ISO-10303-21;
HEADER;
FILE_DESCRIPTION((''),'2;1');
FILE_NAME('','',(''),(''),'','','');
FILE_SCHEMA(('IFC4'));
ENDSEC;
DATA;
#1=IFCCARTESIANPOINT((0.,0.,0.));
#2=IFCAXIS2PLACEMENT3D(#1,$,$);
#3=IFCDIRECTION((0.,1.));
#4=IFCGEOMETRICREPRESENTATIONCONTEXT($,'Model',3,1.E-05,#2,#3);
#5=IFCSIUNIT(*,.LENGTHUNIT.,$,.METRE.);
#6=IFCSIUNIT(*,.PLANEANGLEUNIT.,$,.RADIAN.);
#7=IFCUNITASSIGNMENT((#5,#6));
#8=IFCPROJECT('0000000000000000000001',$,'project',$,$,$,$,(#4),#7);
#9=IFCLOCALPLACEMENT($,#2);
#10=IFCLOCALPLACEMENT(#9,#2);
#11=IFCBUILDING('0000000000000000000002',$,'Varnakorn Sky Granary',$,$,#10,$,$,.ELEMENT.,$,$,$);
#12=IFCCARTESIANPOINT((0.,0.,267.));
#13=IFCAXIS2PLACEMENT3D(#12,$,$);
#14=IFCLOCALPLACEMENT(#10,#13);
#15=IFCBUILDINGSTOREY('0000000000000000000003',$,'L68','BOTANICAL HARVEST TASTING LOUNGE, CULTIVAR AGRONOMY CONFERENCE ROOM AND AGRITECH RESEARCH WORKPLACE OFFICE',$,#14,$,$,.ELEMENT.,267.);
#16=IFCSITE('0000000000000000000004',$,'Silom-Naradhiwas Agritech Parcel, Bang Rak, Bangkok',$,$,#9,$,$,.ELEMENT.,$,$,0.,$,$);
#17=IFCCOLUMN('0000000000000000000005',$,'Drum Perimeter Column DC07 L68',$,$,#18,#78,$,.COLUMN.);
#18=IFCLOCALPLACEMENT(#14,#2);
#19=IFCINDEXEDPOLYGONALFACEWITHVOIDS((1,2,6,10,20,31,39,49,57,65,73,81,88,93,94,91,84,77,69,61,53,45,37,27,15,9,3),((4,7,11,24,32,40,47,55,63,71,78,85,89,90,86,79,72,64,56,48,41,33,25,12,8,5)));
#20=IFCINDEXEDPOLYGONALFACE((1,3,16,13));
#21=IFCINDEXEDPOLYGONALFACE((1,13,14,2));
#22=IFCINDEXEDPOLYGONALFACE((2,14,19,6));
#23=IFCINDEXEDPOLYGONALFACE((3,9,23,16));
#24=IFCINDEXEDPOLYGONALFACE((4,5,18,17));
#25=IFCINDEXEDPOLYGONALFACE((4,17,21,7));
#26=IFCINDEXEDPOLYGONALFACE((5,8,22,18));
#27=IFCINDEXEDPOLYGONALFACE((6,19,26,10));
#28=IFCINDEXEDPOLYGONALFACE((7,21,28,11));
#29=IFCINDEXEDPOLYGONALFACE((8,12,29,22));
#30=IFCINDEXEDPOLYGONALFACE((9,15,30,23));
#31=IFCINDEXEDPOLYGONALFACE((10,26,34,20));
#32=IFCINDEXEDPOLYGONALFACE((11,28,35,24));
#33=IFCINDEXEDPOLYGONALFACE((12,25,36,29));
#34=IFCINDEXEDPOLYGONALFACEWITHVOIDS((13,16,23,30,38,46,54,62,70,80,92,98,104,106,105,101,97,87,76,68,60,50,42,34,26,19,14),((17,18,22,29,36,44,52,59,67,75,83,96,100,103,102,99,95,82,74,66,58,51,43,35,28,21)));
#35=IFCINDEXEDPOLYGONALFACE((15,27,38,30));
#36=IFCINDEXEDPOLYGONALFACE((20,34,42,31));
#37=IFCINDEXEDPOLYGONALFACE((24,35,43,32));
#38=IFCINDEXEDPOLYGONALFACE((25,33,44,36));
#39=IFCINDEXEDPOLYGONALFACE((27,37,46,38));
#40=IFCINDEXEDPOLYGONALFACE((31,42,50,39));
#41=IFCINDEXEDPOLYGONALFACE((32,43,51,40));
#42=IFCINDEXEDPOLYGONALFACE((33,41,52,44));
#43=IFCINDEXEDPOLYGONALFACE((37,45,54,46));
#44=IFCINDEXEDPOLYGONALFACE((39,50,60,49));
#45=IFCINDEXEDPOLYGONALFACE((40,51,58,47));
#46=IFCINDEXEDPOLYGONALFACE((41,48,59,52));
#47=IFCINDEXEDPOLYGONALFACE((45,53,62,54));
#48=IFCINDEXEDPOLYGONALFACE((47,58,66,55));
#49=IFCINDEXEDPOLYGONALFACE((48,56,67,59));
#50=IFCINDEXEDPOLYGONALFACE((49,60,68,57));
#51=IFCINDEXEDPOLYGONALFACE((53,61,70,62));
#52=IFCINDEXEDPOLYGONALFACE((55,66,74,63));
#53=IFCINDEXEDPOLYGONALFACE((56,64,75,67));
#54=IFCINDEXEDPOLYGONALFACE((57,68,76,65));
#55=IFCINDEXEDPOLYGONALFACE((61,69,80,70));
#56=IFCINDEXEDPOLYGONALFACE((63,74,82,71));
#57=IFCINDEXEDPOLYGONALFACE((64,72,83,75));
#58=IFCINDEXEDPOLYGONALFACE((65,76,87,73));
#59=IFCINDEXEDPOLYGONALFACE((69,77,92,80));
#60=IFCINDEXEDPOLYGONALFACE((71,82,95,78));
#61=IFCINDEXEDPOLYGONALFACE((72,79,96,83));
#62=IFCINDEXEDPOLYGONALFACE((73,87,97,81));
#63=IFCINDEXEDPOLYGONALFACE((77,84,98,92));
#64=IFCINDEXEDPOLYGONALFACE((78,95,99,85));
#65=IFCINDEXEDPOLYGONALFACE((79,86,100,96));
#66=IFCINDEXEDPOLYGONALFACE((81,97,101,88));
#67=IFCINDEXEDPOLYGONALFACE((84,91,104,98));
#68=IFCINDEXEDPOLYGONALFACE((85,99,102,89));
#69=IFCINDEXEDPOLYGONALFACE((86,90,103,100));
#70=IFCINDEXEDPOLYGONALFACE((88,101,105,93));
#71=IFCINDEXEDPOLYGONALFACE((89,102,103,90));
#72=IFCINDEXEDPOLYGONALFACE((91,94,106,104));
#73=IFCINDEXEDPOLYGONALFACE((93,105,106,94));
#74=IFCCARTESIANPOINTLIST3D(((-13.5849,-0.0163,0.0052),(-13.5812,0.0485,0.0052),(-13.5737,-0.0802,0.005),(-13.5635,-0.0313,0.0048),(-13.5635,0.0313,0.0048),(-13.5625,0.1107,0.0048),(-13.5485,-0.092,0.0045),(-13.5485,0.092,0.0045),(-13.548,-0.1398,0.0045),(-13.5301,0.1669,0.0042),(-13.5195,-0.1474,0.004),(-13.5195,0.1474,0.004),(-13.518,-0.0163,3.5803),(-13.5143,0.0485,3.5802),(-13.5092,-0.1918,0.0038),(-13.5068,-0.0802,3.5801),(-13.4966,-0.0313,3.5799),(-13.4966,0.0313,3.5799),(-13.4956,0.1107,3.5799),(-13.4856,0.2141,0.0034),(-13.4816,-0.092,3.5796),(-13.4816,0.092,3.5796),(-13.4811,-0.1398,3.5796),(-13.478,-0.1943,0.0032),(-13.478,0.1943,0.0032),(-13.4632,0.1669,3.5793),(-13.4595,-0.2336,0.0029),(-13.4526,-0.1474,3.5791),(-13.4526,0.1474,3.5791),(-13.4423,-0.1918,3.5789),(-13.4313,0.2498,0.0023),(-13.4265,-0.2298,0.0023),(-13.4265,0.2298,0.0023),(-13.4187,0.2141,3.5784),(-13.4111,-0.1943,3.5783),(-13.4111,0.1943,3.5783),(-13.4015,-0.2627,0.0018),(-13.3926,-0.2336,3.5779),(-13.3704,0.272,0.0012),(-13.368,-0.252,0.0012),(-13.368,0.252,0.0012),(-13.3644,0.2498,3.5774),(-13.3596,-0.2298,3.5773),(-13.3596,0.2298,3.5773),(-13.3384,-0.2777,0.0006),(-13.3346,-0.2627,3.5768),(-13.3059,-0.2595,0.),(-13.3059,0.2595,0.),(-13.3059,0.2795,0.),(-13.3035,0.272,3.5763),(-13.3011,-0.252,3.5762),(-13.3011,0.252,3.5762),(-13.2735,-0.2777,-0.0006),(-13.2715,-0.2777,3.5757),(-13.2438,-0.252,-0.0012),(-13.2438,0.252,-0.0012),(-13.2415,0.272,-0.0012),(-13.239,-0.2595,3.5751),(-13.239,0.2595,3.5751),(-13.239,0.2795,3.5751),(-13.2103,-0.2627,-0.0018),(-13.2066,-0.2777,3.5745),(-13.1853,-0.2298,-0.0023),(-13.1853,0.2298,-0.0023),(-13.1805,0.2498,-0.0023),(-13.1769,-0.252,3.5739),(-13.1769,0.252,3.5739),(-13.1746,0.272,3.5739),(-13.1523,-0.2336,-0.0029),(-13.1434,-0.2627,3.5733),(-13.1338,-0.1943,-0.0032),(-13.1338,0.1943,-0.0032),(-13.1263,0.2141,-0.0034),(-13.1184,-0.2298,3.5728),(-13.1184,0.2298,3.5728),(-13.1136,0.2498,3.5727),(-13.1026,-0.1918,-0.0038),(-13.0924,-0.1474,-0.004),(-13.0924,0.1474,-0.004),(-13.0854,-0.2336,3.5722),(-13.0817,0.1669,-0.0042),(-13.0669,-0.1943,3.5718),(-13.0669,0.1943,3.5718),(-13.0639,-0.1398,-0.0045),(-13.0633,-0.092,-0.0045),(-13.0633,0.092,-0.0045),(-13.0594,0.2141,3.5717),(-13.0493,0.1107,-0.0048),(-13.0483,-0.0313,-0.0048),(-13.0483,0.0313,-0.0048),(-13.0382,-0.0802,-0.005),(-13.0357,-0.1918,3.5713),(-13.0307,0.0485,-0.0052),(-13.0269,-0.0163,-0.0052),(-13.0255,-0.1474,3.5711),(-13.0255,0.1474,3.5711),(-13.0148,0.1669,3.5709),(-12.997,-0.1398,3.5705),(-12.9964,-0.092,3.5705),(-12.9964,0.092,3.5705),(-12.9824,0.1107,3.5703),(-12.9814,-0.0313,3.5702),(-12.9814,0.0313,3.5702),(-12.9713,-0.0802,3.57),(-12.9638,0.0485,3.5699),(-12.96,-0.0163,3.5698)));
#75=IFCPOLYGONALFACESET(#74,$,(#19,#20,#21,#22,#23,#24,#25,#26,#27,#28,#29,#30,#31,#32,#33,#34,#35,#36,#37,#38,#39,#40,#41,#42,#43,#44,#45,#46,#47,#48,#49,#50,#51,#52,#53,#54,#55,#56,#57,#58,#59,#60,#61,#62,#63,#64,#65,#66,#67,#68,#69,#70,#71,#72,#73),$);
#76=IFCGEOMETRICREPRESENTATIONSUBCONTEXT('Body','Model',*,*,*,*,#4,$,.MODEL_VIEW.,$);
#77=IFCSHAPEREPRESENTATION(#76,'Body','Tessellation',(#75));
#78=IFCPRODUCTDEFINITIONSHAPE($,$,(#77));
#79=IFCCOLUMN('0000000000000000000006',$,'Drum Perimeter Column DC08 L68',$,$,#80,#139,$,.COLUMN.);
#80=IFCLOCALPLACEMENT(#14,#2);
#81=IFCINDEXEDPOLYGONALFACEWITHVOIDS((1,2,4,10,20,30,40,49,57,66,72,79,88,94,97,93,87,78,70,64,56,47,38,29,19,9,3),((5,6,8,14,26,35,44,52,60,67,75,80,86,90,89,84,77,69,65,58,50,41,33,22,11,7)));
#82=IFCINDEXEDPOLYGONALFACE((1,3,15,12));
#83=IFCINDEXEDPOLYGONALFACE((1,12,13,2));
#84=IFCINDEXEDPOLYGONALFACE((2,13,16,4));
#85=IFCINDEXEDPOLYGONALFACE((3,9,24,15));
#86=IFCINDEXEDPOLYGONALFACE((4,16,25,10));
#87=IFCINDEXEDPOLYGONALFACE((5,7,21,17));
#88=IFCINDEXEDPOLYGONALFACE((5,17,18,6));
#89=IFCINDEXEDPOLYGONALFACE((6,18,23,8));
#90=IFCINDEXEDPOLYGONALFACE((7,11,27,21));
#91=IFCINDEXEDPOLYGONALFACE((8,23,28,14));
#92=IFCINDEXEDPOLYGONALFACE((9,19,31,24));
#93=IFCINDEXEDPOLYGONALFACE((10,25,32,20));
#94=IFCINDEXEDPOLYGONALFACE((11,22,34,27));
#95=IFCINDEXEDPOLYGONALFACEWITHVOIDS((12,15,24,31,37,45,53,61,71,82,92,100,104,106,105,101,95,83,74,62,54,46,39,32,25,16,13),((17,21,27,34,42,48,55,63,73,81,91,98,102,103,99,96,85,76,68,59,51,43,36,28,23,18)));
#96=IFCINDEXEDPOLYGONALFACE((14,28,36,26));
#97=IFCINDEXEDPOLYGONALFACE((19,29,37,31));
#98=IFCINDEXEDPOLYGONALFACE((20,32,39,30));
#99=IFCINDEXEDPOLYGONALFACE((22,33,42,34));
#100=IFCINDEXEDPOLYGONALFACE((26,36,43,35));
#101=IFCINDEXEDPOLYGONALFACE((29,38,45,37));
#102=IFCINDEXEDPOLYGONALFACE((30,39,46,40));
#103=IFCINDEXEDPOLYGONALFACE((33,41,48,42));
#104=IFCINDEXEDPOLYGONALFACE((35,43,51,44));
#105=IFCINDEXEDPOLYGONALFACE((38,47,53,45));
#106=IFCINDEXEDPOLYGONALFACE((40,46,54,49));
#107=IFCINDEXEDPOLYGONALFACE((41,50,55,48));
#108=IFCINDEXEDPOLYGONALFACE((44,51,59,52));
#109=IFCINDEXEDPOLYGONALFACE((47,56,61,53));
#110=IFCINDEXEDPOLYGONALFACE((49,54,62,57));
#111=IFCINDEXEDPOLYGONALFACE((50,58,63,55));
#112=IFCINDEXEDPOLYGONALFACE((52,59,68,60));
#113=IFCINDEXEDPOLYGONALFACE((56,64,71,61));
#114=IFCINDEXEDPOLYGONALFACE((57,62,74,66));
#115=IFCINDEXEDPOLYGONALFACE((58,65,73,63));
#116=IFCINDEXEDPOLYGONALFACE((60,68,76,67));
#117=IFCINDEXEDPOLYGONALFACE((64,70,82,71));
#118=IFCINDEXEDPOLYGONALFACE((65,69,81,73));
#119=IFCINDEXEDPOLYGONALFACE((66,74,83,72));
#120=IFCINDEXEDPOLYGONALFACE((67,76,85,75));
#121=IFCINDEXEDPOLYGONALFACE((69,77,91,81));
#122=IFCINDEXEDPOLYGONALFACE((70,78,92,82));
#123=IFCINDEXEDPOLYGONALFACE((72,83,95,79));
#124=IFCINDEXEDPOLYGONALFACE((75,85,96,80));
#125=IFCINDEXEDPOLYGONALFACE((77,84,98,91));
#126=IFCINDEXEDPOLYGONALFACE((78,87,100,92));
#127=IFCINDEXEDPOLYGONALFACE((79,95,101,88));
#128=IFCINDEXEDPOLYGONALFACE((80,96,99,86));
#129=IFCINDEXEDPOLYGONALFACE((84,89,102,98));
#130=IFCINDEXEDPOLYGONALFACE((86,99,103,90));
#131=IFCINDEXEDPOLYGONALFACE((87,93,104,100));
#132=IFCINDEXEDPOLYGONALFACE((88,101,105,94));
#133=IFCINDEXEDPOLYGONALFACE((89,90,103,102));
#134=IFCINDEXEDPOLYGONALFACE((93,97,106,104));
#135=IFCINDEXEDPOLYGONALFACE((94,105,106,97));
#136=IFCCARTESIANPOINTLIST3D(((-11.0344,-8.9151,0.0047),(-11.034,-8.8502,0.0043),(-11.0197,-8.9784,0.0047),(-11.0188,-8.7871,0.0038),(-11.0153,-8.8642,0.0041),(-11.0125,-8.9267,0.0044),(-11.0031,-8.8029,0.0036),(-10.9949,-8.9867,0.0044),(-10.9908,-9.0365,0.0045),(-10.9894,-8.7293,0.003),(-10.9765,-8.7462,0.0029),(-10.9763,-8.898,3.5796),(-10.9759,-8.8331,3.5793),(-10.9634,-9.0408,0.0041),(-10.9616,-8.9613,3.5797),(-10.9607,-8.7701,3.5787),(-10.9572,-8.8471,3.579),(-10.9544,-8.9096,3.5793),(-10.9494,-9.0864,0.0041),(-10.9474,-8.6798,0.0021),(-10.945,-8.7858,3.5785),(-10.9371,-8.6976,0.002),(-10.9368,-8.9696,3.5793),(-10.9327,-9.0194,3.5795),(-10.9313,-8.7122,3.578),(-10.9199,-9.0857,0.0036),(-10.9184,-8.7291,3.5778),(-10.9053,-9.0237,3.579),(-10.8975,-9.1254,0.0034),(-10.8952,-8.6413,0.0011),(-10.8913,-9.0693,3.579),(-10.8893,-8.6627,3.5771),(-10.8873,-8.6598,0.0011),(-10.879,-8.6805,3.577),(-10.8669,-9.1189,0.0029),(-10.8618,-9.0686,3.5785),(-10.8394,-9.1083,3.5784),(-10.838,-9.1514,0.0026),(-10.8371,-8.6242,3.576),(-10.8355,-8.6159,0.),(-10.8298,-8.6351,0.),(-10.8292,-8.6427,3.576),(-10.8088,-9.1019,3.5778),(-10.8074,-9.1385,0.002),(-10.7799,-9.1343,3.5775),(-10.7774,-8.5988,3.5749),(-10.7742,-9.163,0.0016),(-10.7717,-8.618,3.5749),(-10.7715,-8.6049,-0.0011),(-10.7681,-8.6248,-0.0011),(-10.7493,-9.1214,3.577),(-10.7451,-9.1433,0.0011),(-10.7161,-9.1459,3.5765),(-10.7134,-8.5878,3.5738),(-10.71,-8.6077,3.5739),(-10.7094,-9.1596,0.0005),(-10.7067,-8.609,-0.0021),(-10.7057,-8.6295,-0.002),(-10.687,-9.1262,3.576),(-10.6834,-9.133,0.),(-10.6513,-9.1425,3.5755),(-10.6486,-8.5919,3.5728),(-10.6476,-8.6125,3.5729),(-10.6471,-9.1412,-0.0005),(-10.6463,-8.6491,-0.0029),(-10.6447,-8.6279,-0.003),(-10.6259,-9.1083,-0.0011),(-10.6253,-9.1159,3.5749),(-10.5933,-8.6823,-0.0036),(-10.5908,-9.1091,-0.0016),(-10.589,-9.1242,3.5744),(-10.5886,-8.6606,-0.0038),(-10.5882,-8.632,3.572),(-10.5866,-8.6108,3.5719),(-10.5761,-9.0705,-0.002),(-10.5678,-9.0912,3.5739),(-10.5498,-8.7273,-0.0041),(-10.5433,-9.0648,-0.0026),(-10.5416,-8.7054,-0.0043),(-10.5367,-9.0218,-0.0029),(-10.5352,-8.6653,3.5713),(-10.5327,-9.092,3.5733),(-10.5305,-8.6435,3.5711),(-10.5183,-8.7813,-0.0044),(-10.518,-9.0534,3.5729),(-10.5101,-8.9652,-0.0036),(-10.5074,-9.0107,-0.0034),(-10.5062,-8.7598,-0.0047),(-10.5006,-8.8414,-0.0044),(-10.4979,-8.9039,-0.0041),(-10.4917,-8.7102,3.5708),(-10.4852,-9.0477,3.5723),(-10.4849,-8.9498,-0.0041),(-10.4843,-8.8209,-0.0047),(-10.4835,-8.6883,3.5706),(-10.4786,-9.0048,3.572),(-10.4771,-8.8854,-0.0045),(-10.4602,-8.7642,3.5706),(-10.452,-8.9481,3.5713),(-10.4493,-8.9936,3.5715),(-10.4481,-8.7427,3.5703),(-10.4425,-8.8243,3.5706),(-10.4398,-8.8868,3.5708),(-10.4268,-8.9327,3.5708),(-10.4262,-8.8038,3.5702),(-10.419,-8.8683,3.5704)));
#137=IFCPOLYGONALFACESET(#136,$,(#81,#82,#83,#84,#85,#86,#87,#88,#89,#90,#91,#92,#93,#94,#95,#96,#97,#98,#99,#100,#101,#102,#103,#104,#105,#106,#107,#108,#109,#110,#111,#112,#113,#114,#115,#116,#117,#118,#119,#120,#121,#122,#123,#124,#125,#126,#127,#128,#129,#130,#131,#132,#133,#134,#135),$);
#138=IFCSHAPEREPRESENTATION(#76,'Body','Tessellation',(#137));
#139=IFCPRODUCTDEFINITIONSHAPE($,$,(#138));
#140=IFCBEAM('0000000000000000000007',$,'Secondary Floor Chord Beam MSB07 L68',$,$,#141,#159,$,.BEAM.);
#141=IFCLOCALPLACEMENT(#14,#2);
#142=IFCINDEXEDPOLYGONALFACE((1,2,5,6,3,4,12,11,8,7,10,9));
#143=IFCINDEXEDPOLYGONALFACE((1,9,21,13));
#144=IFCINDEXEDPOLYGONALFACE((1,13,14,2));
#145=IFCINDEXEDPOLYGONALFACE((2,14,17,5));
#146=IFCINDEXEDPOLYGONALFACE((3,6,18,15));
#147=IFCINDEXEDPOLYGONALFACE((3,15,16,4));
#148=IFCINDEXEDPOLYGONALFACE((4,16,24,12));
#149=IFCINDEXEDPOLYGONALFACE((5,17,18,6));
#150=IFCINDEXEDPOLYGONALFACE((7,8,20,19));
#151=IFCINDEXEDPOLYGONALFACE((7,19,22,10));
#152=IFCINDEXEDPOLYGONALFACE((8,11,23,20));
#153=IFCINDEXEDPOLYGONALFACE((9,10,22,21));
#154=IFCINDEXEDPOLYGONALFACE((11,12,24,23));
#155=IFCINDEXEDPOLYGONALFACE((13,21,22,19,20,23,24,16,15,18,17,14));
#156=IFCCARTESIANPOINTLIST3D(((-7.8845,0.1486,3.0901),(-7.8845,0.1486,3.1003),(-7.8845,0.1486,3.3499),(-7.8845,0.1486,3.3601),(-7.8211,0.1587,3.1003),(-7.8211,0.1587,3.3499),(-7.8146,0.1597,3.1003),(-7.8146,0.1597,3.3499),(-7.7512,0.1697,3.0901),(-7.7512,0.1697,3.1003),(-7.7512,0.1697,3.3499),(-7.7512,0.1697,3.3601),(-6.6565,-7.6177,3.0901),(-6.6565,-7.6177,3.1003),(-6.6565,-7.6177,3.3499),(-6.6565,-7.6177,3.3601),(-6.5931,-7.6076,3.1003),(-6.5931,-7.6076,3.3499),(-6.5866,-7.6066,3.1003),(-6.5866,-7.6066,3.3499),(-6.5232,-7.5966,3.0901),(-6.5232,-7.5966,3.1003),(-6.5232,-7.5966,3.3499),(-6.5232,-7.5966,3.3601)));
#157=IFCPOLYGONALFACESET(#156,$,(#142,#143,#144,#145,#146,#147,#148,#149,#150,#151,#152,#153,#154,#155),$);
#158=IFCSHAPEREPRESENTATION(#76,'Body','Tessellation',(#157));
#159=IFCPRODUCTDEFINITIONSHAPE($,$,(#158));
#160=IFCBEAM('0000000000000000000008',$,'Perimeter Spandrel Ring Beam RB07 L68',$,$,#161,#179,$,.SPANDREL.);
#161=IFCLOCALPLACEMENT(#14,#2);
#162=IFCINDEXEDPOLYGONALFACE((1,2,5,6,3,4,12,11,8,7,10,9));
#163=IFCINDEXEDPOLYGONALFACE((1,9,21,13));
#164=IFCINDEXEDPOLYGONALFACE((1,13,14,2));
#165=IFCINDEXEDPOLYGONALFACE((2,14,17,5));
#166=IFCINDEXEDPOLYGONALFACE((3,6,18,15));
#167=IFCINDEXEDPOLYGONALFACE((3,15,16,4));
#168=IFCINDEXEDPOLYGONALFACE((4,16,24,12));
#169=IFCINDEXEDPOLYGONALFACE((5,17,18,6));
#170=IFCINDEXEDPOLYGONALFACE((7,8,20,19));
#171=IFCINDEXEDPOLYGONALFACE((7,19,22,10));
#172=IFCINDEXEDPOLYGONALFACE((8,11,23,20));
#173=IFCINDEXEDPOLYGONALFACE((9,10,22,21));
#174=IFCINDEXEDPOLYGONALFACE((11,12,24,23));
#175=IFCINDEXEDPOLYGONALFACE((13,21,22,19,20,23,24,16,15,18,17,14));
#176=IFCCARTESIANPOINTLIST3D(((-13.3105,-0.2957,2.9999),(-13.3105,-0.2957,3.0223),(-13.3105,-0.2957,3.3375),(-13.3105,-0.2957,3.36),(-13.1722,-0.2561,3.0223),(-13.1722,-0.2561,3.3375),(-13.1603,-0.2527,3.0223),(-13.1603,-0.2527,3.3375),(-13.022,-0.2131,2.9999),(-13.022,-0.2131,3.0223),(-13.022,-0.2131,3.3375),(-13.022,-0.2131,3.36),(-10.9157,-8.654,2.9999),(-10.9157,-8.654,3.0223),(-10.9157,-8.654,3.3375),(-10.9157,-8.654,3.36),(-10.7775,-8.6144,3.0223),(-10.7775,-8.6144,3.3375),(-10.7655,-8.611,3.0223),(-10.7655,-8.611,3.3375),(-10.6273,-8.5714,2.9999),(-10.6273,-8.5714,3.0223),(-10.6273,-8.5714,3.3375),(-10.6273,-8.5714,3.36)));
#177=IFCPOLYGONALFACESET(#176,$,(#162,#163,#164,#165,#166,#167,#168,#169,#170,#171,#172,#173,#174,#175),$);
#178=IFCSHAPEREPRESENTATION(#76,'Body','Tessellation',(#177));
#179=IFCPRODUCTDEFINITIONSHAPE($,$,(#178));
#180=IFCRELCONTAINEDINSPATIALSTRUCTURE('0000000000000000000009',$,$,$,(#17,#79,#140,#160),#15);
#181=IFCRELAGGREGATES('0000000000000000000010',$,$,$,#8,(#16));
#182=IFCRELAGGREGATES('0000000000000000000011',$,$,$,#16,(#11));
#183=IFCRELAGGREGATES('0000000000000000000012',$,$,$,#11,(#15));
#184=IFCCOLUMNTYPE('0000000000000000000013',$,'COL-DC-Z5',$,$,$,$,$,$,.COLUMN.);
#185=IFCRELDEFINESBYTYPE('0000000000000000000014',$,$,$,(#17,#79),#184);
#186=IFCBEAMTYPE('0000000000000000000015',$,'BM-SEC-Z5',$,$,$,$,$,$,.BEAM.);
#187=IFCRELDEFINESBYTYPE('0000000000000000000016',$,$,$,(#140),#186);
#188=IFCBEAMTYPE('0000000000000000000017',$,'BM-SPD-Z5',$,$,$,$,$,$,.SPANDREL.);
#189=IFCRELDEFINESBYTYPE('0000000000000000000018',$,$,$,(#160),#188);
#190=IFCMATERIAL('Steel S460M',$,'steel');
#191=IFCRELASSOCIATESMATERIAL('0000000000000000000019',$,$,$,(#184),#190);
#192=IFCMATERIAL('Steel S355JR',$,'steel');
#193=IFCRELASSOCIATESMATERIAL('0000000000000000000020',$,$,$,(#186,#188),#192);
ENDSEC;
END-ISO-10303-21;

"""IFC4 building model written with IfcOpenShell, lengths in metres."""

from ifc_helpers import new_model, si_unit, direction, frame, origin, origin_2d, place, context, subcontext, project, spatial, hollow_circle, i_section, extrude, material, material_profile, profile_set, type_object, element, save


model = new_model("IFC4")

# Units and contexts
model_context = context("Model", 3, precision=1e-05, world=origin(), true_north=direction((0.0, 1.0)))
body_context = subcontext(model_context, "Body", "Model", "MODEL_VIEW")
ifc_project = project(units=[si_unit("LENGTHUNIT", "METRE"), si_unit("PLANEANGLEUNIT", "RADIAN")], contexts=[model_context])

# Site, building, storey
site_placement = place(None, origin())
site = spatial("IfcSite", under=ifc_project, at=site_placement, Name="Silom-Naradhiwas Agritech Parcel, Bang Rak, Bangkok", CompositionType="ELEMENT", RefElevation=0.0)
building_placement = place(site_placement, origin())
building = spatial("IfcBuilding", under=site, at=building_placement, Name="Varnakorn Sky Granary", CompositionType="ELEMENT")
storey_placement = place(building_placement, frame((0.0, 0.0, 267.0)))
storey = spatial("IfcBuildingStorey", under=building, at=storey_placement, Name="L68", Description="BOTANICAL HARVEST TASTING LOUNGE, CULTIVAR AGRONOMY CONFERENCE ROOM AND AGRITECH RESEARCH WORKPLACE OFFICE", CompositionType="ELEMENT", Elevation=267.0)

# Columns
ifc_material_1 = material(Name="Steel S460M", Category="steel")
ifc_material_profile_1 = material_profile(ifc_material_1, hollow_circle(Radius=0.2795, WallThickness=0.02, at=origin_2d()), Name="CHS 559x20")
ifc_profile_set_1 = profile_set([ifc_material_profile_1], Name="Steel S460M")
column_type = type_object("IfcColumnType", Name="COL-DC-Z5", PredefinedType="COLUMN", material=ifc_profile_set_1)
column_1_placement = place(storey_placement, frame((-13.3059, 0.0, 0.0), z_axis=(0.018709, 0.0, 0.999825), x_axis=(0.0, 1.0, 0.0)))
element("IfcColumn", 1, at=column_1_placement, inside=storey, type_object=column_type, Name="Drum Perimeter Column DC07 L68", PredefinedType="COLUMN", context=body_context, shape_type="SweptSolid", body=[
    extrude(hollow_circle(Radius=0.2795, WallThickness=0.02, at=origin_2d()), origin(), (0.0, 0.0, 1.0), 3.5757),
])
column_2_placement = place(storey_placement, frame((-10.7566, -8.884, 0.0), z_axis=(0.016251, 0.00478, 0.999857), x_axis=(-0.282166, 0.959366, 0.0)))
element("IfcColumn", 2, at=column_2_placement, inside=storey, type_object=column_type, Name="Drum Perimeter Column DC08 L68", PredefinedType="COLUMN", context=body_context, shape_type="SweptSolid", body=[
    extrude(hollow_circle(Radius=0.2795, WallThickness=0.02, at=origin_2d()), origin(), (0.0, 0.0, 1.0), 3.5754),
])

# Beams
ifc_material_2 = material(Name="Steel S355JR", Category="steel")
ifc_material_profile_2 = material_profile(ifc_material_2, i_section(OverallWidth=0.135, OverallDepth=0.27, WebThickness=0.0066, FlangeThickness=0.0103, at=origin_2d()), Name="IPE 270")
ifc_profile_set_2 = profile_set([ifc_material_profile_2], Name="Steel S355JR")
beam_type_1 = type_object("IfcBeamType", Name="BM-SEC-Z5", PredefinedType="BEAM", material=ifc_profile_set_2)
beam_1_placement = place(storey_placement, frame((-7.8179, 0.1592, 3.2251), z_axis=(0.156181, -0.987728, 0.0), x_axis=(0.987728, 0.156181, 0.0)))
element("IfcBeam", 3, at=beam_1_placement, inside=storey, type_object=beam_type_1, Name="Secondary Floor Chord Beam MSB07 L68", PredefinedType="BEAM", context=body_context, shape_type="SweptSolid", body=[
    extrude(i_section(OverallWidth=0.135, OverallDepth=0.27, WebThickness=0.0066, FlangeThickness=0.0103, at=origin_2d()), origin(), (0.0, 0.0, 1.0), 7.8628),
])
ifc_material_profile_3 = material_profile(ifc_material_2, i_section(OverallWidth=0.3, OverallDepth=0.3601, WebThickness=0.0125, FlangeThickness=0.0225, at=origin_2d()), Name="HE 360 B")
ifc_profile_set_3 = profile_set([ifc_material_profile_3], Name="Steel S355JR")
beam_type_2 = type_object("IfcBeamType", Name="BM-SPD-Z5", PredefinedType="SPANDREL", material=ifc_profile_set_3)
beam_2_placement = place(storey_placement, frame((-13.1663, -0.2544, 3.1799), z_axis=(0.275429, -0.961321, 0.0), x_axis=(0.961321, 0.275429, 0.0)))
element("IfcBeam", 4, at=beam_2_placement, inside=storey, type_object=beam_type_2, Name="Perimeter Spandrel Ring Beam RB07 L68", PredefinedType="SPANDREL", context=body_context, shape_type="SweptSolid", body=[
    extrude(i_section(OverallWidth=0.3, OverallDepth=0.3601, WebThickness=0.0125, FlangeThickness=0.0225, at=origin_2d()), origin(), (0.0, 0.0, 1.0), 8.6946),
])

save(model, "model.ifc")
